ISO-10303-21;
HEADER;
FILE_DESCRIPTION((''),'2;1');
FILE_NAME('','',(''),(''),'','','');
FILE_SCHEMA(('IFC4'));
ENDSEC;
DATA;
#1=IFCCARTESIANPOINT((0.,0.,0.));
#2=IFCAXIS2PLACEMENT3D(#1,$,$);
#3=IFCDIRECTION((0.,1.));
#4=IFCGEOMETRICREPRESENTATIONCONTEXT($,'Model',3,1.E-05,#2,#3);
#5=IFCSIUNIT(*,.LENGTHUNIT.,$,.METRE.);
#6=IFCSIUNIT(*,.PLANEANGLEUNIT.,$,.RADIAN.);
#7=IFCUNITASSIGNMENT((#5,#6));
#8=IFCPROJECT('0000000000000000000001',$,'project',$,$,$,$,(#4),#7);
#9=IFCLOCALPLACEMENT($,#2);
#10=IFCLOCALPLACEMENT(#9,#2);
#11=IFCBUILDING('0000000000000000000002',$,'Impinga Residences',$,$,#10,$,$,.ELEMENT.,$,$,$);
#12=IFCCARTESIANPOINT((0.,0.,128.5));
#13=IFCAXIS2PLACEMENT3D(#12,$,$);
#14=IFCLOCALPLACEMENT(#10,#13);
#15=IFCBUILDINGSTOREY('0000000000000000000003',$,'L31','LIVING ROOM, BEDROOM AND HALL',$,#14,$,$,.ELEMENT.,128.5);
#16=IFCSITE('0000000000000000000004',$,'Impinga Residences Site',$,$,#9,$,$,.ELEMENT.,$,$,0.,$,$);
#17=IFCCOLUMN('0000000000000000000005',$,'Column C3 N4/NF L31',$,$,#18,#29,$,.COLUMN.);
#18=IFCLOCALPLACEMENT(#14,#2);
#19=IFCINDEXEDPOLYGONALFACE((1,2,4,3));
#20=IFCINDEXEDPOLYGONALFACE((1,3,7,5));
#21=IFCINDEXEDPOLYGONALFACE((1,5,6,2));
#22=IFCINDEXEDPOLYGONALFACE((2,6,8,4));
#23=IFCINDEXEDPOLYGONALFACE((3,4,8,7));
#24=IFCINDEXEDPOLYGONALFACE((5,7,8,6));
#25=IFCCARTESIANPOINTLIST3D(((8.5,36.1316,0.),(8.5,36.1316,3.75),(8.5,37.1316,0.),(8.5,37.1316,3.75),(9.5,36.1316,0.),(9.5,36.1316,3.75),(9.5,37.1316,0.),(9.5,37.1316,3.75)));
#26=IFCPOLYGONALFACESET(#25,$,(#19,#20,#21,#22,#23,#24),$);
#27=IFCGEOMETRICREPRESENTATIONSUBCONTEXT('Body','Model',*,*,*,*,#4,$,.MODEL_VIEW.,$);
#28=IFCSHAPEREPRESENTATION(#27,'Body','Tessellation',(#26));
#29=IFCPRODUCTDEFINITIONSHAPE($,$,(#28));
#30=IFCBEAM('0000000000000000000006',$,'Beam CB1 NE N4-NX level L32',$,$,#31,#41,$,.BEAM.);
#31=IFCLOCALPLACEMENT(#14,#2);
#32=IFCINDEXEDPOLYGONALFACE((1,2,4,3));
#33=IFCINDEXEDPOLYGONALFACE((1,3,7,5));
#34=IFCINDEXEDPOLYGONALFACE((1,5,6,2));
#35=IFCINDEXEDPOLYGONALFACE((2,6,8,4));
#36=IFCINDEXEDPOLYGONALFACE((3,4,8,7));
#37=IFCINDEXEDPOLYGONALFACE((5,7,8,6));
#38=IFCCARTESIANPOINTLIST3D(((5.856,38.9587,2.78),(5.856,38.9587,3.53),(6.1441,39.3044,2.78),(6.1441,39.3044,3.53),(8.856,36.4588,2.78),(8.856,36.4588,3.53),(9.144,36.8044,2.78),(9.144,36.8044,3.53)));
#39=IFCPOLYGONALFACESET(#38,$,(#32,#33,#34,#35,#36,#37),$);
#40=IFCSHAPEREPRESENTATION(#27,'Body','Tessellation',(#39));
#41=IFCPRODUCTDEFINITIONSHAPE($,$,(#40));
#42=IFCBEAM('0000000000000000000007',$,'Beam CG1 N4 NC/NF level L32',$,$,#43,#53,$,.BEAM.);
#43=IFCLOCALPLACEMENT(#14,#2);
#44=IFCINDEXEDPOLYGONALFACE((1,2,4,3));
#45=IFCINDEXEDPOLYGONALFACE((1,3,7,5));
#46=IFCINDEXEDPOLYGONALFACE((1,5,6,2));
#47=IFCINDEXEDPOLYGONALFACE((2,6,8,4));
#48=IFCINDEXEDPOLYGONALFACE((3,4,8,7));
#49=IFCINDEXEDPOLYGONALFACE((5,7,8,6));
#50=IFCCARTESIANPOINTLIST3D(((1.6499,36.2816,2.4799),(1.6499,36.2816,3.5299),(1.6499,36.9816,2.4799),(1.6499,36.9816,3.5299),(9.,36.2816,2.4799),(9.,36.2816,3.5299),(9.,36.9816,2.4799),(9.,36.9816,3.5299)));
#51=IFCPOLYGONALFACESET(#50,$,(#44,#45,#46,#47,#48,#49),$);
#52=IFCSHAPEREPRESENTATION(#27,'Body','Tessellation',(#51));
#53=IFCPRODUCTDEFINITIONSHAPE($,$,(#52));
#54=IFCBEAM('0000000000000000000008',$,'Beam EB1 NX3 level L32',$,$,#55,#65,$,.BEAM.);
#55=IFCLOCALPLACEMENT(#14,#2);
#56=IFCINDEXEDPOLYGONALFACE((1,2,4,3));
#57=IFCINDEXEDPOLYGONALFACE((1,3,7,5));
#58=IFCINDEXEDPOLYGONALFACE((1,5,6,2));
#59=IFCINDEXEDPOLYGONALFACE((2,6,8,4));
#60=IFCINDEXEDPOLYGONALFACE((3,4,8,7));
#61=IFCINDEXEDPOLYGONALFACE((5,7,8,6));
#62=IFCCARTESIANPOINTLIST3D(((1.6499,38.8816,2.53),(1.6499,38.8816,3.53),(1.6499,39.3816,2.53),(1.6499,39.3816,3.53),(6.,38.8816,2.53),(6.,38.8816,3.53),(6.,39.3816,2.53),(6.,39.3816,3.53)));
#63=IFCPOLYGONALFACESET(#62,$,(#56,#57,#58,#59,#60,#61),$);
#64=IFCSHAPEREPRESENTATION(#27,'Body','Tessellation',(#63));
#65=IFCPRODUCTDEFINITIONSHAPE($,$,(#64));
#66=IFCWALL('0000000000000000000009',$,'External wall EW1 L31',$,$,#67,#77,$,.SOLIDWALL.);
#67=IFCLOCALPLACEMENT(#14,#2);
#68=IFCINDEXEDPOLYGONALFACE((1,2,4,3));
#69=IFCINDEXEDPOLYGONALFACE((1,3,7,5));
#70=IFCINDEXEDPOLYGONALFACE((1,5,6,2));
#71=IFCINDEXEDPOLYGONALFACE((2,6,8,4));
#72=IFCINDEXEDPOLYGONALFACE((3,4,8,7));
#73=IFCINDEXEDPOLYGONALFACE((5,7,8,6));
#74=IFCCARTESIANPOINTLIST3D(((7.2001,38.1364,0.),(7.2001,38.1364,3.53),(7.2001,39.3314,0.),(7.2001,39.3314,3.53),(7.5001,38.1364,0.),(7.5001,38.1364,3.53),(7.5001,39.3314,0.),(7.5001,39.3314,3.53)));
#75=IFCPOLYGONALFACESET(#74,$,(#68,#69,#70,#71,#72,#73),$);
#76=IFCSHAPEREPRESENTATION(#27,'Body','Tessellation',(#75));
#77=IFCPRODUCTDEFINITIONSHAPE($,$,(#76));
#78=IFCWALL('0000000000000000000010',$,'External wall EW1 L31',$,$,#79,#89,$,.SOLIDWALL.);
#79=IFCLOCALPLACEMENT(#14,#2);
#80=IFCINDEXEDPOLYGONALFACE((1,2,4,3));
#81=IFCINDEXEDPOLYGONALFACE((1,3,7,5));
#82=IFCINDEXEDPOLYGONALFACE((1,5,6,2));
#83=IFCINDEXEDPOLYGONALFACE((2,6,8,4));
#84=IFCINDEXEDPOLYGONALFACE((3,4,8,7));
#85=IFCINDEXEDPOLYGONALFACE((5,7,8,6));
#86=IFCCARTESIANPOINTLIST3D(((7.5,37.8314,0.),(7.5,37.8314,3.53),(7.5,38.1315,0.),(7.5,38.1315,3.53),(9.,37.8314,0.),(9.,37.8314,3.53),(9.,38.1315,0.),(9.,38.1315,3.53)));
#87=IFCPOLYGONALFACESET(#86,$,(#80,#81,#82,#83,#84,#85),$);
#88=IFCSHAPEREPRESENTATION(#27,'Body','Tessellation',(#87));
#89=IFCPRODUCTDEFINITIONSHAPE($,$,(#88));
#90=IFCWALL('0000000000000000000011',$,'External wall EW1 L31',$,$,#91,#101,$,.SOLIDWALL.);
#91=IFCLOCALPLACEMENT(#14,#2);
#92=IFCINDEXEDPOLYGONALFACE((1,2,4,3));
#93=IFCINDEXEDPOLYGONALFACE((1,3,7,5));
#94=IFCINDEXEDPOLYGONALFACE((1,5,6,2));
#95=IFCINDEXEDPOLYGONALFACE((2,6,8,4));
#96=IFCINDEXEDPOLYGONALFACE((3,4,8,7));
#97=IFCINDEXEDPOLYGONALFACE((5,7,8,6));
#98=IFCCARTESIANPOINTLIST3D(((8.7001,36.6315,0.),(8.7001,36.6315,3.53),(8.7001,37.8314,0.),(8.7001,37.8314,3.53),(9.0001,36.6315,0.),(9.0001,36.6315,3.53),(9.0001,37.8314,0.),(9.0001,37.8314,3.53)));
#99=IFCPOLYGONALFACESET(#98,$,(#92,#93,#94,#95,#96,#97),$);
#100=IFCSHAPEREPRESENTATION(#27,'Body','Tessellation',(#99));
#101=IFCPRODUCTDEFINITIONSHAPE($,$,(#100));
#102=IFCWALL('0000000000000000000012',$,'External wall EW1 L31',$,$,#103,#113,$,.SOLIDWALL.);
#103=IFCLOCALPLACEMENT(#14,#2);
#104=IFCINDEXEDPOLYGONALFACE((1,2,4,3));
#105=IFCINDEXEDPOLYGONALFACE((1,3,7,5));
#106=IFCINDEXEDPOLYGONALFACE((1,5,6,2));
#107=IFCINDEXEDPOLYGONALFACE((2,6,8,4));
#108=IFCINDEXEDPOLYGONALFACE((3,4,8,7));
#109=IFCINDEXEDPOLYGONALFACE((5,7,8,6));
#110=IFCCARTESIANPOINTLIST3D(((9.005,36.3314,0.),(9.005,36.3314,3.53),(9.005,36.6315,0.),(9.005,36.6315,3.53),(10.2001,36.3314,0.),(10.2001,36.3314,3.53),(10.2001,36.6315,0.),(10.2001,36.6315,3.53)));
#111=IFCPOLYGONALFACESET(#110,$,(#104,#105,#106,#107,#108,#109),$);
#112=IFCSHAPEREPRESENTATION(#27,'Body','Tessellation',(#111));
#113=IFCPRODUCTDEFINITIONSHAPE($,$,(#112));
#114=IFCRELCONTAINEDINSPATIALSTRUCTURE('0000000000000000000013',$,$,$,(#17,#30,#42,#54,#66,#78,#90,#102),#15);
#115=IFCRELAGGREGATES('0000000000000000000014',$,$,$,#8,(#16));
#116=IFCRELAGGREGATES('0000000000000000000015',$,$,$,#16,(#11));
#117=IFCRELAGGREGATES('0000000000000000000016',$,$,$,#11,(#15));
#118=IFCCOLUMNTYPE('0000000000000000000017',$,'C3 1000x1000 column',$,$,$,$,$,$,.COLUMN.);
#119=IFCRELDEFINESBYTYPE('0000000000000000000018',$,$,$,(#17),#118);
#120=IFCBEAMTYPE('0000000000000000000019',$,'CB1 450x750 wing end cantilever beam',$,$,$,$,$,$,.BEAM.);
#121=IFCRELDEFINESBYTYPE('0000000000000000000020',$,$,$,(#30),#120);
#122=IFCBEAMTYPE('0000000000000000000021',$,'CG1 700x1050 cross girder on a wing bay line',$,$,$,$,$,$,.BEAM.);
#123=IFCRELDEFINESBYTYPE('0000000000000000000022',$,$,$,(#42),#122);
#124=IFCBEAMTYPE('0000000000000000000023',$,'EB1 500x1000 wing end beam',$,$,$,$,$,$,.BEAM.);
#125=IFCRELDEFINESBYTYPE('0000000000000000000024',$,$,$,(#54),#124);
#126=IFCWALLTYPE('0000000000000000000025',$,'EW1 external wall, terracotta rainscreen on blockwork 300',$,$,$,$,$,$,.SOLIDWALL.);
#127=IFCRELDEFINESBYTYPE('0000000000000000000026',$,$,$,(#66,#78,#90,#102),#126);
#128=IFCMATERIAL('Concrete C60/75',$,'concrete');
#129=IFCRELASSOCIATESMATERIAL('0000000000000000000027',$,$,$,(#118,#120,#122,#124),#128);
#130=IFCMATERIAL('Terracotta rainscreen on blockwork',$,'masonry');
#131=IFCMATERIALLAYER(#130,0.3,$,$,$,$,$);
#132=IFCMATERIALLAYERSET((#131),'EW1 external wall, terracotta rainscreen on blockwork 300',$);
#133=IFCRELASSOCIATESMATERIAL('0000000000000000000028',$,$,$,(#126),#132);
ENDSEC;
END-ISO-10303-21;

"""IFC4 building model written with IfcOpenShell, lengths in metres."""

from ifc_helpers import new_model, si_unit, direction, frame, frame_2d, origin, origin_2d, place, context, subcontext, project, spatial, rectangle, extrude, material, layer, layer_set, material_profile, profile_set, type_object, element, save


model = new_model("IFC4")

# Units and contexts
model_context = context("Model", 3, precision=1e-05, world=origin(), true_north=direction((0.0, 1.0)))
body_context = subcontext(model_context, "Body", "Model", "MODEL_VIEW")
ifc_project = project(units=[si_unit("LENGTHUNIT", "METRE"), si_unit("PLANEANGLEUNIT", "RADIAN")], contexts=[model_context])

# Site, building, storey
site_placement = place(None, origin())
site = spatial("IfcSite", under=ifc_project, at=site_placement, Name="Impinga Residences Site", CompositionType="ELEMENT", RefElevation=0.0)
building_placement = place(site_placement, origin())
building = spatial("IfcBuilding", under=site, at=building_placement, Name="Impinga Residences", CompositionType="ELEMENT")
storey_placement = place(building_placement, frame((0.0, 0.0, 128.5)))
storey = spatial("IfcBuildingStorey", under=building, at=storey_placement, Name="L31", Description="LIVING ROOM, BEDROOM AND HALL", CompositionType="ELEMENT", Elevation=128.5)

# Column
ifc_material_1 = material(Name="Concrete C60/75", Category="concrete")
ifc_material_profile_1 = material_profile(ifc_material_1, rectangle(XDim=1.0, YDim=1.0, at=origin_2d()), Name="RC 1000x1000")
ifc_profile_set_1 = profile_set([ifc_material_profile_1], Name="Concrete C60/75")
column_type = type_object("IfcColumnType", Name="C3 1000x1000 column", PredefinedType="COLUMN", material=ifc_profile_set_1)
column_placement = place(storey_placement, frame((9.0, 36.6316, 0.0), z_axis=(0.0, 0.0, 1.0), x_axis=(1.0, 0.0, 0.0)))
element("IfcColumn", 1, at=column_placement, inside=storey, type_object=column_type, Name="Column C3 N4/NF L31", PredefinedType="COLUMN", context=body_context, shape_type="SweptSolid", body=[
    extrude(rectangle(XDim=1.0, YDim=1.0, at=origin_2d()), origin(), (0.0, 0.0, 1.0), 3.75),
])

# Beams
ifc_material_profile_2 = material_profile(ifc_material_1, rectangle(XDim=0.45, YDim=0.75, at=origin_2d()), Name="RC 450x750")
ifc_profile_set_2 = profile_set([ifc_material_profile_2], Name="Concrete C60/75")
beam_type_1 = type_object("IfcBeamType", Name="CB1 450x750 wing end cantilever beam", PredefinedType="BEAM", material=ifc_profile_set_2)
beam_1_placement = place(storey_placement, frame((9.0, 36.6316, 3.155), z_axis=(-0.768221, 0.640184, 0.0), x_axis=(-0.640184, -0.768221, 0.0)))
element("IfcBeam", 2, at=beam_1_placement, inside=storey, type_object=beam_type_1, Name="Beam CB1 NE N4-NX level L32", PredefinedType="BEAM", context=body_context, shape_type="SweptSolid", body=[
    extrude(rectangle(XDim=0.45, YDim=0.75, at=origin_2d()), origin(), (0.0, 0.0, 1.0), 3.905),
])
ifc_material_profile_3 = material_profile(ifc_material_1, rectangle(XDim=0.7, YDim=1.05, at=origin_2d()), Name="RC 700x1050")
ifc_profile_set_3 = profile_set([ifc_material_profile_3], Name="Concrete C60/75")
beam_type_2 = type_object("IfcBeamType", Name="CG1 700x1050 cross girder on a wing bay line", PredefinedType="BEAM", material=ifc_profile_set_3)
beam_2_placement = place(storey_placement, frame((1.6499, 36.6316, 3.0049), z_axis=(1.0, 0.0, 0.0), x_axis=(0.0, 1.0, 0.0)))
element("IfcBeam", 3, at=beam_2_placement, inside=storey, type_object=beam_type_2, Name="Beam CG1 N4 NC/NF level L32", PredefinedType="BEAM", context=body_context, shape_type="SweptSolid", body=[
    extrude(rectangle(XDim=0.7, YDim=1.05, at=origin_2d()), origin(), (0.0, 0.0, 1.0), 7.3501),
])
ifc_material_profile_4 = material_profile(ifc_material_1, rectangle(XDim=0.5, YDim=1.0, at=origin_2d()), Name="RC 500x1000")
ifc_profile_set_4 = profile_set([ifc_material_profile_4], Name="Concrete C60/75")
beam_type_3 = type_object("IfcBeamType", Name="EB1 500x1000 wing end beam", PredefinedType="BEAM", material=ifc_profile_set_4)
beam_3_placement = place(storey_placement, frame((1.6499, 39.1316, 3.03), z_axis=(1.0, 0.0, 0.0), x_axis=(0.0, 1.0, 0.0)))
element("IfcBeam", 4, at=beam_3_placement, inside=storey, type_object=beam_type_3, Name="Beam EB1 NX3 level L32", PredefinedType="BEAM", context=body_context, shape_type="SweptSolid", body=[
    extrude(rectangle(XDim=0.5, YDim=1.0, at=origin_2d()), origin(), (0.0, 0.0, 1.0), 4.3501),
])

# Walls
ifc_material_2 = material(Name="Terracotta rainscreen on blockwork", Category="masonry")
ifc_layer_1 = layer(ifc_material_2, 0.3)
ifc_layer_set_1 = layer_set([ifc_layer_1], Name="EW1 external wall, terracotta rainscreen on blockwork 300")
wall_type_1 = type_object("IfcWallType", Name="EW1 external wall, terracotta rainscreen on blockwork 300", PredefinedType="SOLIDWALL", material=ifc_layer_set_1)
wall_1_placement = place(storey_placement, frame((7.3501, 39.3315, 0.0), z_axis=(0.0, 0.0, 1.0), x_axis=(0.0, -1.0, 0.0)))
element("IfcWall", 5, at=wall_1_placement, inside=storey, type_object=wall_type_1, Name="External wall EW1 L31", PredefinedType="SOLIDWALL", context=body_context, shape_type="SweptSolid", body=[
    extrude(rectangle(XDim=1.1951, YDim=0.3, at=frame_2d((0.5977, 0.0))), origin(), (0.0, 0.0, 1.0), 3.53),
])
wall_2_placement = place(storey_placement, frame((7.5, 37.9814, 0.0), z_axis=(0.0, 0.0, 1.0), x_axis=(1.0, 0.0, 0.0)))
element("IfcWall", 6, at=wall_2_placement, inside=storey, type_object=wall_type_1, Name="External wall EW1 L31", PredefinedType="SOLIDWALL", context=body_context, shape_type="SweptSolid", body=[
    extrude(rectangle(XDim=1.5, YDim=0.3, at=frame_2d((0.75, 0.0))), origin(), (0.0, 0.0, 1.0), 3.53),
])
wall_3_placement = place(storey_placement, frame((8.8501, 37.8315, 0.0), z_axis=(0.0, 0.0, 1.0), x_axis=(0.0, -1.0, 0.0)))
element("IfcWall", 7, at=wall_3_placement, inside=storey, type_object=wall_type_1, Name="External wall EW1 L31", PredefinedType="SOLIDWALL", context=body_context, shape_type="SweptSolid", body=[
    extrude(rectangle(XDim=1.2, YDim=0.3, at=frame_2d((0.6001, 0.0))), origin(), (0.0, 0.0, 1.0), 3.53),
])
wall_4_placement = place(storey_placement, frame((9.0049, 36.4814, 0.0), z_axis=(0.0, 0.0, 1.0), x_axis=(1.0, 0.0, 0.0)))
element("IfcWall", 8, at=wall_4_placement, inside=storey, type_object=wall_type_1, Name="External wall EW1 L31", PredefinedType="SOLIDWALL", context=body_context, shape_type="SweptSolid", body=[
    extrude(rectangle(XDim=1.1951, YDim=0.3, at=frame_2d((0.5977, 0.0))), origin(), (0.0, 0.0, 1.0), 3.53),
])

save(model, "model.ifc")
